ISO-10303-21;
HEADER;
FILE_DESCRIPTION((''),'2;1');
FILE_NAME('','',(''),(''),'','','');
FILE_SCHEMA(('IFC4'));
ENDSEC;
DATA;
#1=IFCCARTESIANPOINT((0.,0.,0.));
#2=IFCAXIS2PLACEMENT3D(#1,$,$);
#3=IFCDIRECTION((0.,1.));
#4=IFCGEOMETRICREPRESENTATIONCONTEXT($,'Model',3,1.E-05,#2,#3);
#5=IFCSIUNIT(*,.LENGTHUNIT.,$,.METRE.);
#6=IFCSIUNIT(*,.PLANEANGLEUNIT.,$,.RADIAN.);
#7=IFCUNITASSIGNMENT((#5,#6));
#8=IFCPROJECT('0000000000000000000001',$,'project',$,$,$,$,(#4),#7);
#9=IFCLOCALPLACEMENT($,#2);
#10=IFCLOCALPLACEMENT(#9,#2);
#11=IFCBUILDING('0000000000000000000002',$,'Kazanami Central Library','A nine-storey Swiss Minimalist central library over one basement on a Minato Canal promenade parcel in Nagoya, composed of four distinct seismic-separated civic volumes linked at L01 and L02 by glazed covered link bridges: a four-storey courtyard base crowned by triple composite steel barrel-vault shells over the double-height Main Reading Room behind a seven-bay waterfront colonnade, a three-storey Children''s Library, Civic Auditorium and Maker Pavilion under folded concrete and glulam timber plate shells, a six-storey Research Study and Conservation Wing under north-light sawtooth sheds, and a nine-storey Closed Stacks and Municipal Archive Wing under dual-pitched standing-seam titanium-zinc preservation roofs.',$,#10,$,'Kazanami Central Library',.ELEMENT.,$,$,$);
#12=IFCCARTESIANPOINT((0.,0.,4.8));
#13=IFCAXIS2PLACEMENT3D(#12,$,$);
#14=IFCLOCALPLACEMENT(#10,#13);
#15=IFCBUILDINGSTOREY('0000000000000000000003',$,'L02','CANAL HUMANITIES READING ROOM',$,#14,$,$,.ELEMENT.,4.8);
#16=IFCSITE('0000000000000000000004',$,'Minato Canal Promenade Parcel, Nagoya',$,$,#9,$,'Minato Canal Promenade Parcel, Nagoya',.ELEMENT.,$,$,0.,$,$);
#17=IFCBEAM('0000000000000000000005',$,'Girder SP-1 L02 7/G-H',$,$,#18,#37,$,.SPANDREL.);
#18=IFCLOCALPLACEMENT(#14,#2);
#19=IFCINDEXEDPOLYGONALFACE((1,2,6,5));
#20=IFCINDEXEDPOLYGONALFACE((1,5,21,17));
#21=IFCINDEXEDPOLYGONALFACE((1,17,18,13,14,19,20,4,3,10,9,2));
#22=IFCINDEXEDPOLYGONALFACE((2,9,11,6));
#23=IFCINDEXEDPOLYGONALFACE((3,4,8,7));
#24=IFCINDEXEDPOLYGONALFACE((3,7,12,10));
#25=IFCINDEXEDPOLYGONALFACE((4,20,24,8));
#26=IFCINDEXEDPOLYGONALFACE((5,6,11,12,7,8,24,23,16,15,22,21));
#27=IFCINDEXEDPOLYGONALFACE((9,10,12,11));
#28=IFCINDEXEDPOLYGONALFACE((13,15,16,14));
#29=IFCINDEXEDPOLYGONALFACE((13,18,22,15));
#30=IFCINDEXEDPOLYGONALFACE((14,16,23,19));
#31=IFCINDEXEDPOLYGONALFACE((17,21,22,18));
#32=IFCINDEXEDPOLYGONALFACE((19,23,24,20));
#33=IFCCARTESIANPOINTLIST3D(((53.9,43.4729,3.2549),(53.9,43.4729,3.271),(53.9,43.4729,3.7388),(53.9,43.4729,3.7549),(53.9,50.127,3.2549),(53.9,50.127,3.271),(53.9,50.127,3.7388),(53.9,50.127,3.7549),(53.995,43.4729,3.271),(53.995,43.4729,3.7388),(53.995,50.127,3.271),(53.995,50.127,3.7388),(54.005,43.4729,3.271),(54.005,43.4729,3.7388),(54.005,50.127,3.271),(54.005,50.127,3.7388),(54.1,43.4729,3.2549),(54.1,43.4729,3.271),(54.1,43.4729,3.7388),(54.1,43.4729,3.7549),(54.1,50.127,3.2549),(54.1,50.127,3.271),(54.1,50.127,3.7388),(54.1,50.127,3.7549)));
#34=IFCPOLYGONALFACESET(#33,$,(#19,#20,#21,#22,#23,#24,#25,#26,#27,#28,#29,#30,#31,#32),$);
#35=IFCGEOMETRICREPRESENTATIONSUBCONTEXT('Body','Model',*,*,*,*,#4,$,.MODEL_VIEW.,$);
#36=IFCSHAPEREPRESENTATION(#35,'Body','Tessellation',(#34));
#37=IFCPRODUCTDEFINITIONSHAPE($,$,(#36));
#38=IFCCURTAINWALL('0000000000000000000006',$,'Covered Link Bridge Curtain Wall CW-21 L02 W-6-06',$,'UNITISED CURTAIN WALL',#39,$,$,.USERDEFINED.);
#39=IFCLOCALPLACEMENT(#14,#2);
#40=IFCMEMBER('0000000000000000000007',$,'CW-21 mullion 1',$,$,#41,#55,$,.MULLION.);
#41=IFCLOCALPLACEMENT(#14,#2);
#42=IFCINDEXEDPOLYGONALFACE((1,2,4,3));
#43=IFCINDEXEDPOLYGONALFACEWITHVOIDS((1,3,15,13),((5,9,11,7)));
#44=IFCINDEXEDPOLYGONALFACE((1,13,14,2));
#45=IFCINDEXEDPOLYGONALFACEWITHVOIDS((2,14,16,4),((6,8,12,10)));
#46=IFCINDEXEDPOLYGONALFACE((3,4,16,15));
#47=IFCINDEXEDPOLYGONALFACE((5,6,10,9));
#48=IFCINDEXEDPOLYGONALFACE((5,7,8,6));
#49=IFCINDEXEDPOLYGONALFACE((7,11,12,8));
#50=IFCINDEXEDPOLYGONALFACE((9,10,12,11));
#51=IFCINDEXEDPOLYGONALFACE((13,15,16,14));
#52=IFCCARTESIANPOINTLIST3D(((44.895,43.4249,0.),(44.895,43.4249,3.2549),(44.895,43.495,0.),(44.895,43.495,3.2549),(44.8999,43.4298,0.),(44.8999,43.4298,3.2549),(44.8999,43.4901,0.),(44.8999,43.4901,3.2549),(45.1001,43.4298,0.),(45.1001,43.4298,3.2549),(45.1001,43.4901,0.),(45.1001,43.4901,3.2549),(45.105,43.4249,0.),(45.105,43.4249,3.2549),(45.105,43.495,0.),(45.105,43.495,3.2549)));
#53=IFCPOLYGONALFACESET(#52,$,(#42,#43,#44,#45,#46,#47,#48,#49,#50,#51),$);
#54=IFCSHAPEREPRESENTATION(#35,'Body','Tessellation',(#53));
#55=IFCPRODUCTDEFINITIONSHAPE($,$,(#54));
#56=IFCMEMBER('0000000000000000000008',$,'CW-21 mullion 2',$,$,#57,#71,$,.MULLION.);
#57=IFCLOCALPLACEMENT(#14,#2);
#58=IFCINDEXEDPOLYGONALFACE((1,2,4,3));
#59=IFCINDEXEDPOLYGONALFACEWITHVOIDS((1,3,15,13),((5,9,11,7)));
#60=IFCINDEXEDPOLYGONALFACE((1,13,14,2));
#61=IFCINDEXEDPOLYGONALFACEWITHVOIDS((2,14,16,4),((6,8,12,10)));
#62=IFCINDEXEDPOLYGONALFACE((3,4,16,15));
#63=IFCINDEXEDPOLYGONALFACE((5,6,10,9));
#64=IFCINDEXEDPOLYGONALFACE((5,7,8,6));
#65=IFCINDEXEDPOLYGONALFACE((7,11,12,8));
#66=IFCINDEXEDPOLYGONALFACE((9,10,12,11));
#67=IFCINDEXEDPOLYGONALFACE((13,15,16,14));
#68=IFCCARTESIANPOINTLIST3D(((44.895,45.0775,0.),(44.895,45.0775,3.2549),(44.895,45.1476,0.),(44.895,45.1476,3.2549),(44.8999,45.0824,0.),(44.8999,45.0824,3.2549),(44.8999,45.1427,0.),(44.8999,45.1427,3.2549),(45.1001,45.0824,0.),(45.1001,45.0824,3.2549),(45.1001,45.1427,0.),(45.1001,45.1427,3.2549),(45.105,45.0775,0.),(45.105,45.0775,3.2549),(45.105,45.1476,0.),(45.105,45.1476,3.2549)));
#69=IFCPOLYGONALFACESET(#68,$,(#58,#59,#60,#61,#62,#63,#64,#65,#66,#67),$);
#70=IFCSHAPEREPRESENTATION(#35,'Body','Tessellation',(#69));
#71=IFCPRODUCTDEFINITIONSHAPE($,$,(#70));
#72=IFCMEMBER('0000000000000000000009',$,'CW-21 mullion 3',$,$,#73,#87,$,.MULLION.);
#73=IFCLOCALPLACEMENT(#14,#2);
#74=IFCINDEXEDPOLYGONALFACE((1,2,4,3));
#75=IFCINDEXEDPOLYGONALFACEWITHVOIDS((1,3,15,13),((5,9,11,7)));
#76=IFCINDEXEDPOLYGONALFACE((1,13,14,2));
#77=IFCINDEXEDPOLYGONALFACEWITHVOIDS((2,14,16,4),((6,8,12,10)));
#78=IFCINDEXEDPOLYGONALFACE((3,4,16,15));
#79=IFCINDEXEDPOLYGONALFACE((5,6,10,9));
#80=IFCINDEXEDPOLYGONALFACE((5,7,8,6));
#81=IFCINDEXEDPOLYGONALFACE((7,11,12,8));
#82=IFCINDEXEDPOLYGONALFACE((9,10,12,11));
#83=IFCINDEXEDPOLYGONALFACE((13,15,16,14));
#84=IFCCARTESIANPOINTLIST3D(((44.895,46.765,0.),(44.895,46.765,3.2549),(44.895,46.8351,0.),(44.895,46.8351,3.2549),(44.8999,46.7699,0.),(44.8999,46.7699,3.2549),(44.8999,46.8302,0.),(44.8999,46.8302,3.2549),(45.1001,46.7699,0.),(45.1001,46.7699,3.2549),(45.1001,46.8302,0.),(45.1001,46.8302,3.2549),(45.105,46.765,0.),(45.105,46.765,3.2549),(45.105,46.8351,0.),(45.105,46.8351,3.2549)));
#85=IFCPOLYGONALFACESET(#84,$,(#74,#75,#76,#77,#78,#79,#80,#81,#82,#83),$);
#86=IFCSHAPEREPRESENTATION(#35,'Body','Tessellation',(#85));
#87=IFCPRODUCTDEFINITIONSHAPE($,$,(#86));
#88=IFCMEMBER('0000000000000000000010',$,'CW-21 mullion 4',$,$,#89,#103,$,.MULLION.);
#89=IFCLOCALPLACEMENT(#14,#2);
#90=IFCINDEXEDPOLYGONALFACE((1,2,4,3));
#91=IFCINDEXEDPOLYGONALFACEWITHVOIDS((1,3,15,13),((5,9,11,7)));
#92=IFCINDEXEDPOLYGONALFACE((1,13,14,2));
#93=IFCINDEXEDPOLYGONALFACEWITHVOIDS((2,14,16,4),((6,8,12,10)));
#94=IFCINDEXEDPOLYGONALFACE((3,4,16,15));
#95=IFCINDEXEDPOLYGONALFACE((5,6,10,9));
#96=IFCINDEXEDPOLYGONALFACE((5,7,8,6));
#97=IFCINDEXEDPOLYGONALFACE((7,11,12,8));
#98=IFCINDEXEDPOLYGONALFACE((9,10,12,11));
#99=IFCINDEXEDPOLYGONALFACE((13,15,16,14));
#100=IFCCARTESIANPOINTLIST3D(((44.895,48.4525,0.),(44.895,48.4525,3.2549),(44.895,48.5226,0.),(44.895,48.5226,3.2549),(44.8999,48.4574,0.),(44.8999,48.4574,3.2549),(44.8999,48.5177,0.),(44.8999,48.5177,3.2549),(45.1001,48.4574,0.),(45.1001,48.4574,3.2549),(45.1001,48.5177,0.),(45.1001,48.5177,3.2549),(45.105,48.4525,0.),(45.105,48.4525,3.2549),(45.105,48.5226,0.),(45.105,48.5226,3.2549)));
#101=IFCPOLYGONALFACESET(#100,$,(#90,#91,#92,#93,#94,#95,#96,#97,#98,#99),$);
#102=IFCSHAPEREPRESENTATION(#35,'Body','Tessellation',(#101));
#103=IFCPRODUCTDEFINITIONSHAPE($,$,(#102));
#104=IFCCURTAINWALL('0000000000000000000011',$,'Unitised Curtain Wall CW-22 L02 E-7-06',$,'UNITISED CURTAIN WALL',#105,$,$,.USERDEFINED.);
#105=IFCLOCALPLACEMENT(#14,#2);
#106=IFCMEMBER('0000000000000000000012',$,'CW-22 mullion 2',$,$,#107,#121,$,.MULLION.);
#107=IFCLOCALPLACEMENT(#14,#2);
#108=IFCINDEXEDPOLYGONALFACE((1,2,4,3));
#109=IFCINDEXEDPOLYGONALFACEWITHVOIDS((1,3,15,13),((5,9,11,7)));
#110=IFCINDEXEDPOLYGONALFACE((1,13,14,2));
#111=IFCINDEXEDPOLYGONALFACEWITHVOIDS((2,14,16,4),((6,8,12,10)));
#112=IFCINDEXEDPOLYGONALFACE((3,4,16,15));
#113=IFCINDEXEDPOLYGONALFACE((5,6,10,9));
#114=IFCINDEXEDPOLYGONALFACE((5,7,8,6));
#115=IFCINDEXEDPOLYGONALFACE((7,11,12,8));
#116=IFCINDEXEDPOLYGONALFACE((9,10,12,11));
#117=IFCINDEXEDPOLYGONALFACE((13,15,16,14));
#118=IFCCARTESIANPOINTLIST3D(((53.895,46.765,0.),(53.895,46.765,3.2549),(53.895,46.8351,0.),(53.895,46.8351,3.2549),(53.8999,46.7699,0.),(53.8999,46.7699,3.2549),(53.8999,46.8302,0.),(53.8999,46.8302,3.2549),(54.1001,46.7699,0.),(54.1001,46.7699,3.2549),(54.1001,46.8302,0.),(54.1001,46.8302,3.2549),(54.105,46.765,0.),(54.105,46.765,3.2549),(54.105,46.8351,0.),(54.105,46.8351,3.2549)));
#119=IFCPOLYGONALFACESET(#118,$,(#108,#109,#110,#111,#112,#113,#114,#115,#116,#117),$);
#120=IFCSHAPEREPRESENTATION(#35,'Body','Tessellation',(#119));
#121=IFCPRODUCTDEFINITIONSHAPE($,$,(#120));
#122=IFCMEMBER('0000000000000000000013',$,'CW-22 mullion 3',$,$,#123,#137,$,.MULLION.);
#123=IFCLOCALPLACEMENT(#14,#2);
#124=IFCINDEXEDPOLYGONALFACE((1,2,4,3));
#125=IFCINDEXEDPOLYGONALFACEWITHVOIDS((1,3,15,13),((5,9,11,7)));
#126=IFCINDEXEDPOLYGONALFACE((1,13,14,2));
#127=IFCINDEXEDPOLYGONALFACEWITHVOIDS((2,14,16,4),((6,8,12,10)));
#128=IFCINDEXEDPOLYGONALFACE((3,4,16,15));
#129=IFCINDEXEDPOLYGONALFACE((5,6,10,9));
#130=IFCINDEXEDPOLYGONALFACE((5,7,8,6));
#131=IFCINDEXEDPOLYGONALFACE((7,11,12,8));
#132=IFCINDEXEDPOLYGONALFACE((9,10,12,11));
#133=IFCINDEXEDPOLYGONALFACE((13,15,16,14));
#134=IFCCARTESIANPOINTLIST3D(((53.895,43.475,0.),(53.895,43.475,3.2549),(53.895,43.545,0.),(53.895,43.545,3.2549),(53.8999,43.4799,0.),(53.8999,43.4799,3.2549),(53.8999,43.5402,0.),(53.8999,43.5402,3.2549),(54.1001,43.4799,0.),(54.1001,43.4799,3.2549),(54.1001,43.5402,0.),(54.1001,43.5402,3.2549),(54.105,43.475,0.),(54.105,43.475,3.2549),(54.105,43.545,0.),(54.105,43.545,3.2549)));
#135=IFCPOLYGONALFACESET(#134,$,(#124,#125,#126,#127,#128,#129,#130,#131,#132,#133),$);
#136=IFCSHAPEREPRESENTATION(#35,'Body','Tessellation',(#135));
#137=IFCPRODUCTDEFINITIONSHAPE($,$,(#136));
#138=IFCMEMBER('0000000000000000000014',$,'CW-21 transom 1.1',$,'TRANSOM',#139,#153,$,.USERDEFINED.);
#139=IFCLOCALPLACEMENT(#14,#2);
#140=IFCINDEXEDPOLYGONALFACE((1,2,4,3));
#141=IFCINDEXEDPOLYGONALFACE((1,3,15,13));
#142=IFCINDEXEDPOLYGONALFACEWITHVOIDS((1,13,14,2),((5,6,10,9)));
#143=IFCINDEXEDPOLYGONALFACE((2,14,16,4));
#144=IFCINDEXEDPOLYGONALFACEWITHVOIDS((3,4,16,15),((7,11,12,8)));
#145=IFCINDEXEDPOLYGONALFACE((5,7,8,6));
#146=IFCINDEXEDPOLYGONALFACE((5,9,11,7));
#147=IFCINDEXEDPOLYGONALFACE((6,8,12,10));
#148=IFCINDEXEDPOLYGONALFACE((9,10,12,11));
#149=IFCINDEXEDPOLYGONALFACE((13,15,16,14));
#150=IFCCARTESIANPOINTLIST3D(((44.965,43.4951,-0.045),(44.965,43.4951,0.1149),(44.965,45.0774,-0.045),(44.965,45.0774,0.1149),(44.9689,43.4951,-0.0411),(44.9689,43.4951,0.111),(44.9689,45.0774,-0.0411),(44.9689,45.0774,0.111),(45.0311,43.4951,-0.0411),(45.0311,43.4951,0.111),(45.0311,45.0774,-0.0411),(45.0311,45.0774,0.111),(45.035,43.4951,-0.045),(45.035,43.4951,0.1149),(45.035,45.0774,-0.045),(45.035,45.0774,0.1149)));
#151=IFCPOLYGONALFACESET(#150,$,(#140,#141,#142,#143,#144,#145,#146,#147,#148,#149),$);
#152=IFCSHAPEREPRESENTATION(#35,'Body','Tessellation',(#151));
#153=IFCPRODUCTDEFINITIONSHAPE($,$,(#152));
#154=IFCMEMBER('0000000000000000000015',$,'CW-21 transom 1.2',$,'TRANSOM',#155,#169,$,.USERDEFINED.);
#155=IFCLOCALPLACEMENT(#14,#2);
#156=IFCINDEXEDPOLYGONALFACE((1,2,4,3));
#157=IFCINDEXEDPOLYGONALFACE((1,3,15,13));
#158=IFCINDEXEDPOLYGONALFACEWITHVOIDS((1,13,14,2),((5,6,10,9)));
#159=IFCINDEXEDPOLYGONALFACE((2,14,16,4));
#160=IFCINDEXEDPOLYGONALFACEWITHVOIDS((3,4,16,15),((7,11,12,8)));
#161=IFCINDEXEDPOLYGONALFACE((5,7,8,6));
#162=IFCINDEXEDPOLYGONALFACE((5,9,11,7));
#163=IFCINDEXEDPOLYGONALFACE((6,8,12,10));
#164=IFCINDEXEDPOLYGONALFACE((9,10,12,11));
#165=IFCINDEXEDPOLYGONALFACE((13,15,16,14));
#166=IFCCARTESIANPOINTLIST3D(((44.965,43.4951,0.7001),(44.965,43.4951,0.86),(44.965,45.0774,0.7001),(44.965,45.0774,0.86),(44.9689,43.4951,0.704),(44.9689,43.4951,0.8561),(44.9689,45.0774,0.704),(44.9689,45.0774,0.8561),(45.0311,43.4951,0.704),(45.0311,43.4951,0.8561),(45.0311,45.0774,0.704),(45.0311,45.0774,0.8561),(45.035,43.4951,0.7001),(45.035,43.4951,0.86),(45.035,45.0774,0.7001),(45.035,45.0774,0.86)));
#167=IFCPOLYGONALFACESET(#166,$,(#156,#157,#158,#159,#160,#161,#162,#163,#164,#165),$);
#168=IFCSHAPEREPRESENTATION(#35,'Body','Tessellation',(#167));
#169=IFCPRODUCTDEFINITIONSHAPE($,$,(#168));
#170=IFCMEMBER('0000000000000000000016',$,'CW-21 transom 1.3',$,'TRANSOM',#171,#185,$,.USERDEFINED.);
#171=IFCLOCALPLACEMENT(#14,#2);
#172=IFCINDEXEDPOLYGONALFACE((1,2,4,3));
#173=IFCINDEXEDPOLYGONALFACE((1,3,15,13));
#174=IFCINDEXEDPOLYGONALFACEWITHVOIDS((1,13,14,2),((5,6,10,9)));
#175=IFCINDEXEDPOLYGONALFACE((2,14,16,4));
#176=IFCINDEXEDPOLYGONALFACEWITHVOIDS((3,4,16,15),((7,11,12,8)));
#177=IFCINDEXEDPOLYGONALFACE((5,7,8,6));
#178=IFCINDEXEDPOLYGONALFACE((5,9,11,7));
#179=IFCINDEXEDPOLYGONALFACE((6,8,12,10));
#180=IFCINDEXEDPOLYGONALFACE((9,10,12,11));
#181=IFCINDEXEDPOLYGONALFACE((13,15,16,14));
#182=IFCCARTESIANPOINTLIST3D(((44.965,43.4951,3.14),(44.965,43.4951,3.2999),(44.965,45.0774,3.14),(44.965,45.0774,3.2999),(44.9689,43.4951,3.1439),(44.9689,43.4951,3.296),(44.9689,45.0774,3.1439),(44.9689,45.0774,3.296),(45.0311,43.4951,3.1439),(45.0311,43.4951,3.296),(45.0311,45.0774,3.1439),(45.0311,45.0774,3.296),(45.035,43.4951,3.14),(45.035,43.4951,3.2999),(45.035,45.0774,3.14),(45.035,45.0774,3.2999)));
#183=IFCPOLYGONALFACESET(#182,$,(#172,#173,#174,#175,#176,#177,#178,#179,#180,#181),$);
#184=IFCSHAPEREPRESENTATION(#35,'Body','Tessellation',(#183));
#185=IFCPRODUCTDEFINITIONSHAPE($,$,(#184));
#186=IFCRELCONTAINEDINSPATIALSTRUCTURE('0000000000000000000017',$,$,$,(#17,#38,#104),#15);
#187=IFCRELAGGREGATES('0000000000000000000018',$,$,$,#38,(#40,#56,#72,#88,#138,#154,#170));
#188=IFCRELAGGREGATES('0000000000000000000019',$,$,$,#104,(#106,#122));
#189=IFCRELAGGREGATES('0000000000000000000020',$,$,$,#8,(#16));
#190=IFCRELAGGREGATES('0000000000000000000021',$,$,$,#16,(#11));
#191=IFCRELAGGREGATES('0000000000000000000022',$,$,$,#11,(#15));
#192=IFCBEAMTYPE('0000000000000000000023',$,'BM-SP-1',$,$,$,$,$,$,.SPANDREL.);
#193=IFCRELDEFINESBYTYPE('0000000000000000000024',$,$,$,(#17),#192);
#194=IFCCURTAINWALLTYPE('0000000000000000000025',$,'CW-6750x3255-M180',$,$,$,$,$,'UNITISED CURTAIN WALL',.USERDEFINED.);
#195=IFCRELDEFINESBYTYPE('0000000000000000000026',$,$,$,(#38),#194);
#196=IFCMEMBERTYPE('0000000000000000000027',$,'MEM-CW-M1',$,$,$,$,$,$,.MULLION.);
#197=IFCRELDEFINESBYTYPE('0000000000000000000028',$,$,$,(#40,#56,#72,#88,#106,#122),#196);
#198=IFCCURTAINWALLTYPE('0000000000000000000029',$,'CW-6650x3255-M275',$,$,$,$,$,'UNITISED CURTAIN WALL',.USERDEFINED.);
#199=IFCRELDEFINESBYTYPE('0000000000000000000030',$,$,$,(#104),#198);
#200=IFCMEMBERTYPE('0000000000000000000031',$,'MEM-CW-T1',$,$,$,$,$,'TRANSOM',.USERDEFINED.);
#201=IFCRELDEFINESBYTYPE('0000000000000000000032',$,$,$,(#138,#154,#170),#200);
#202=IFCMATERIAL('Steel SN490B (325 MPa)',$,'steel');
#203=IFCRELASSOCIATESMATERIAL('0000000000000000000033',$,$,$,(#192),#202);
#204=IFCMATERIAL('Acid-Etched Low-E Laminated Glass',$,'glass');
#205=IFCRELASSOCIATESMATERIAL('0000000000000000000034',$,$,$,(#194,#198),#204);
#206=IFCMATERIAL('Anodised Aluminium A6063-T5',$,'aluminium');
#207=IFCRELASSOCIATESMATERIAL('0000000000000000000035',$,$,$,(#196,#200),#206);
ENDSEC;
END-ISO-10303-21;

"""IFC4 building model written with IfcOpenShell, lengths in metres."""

from ifc_helpers import new_model, si_unit, direction, frame, origin, origin_2d, place, context, subcontext, project, spatial, hollow_rectangle, i_section, extrude, material, material_profile, profile_set, type_object, element, aggregate, save


model = new_model("IFC4")

# Units and contexts
model_context = context("Model", 3, precision=1e-05, world=origin(), true_north=direction((0.0, 1.0)))
body_context = subcontext(model_context, "Body", "Model", "MODEL_VIEW")
ifc_project = project(units=[si_unit("LENGTHUNIT", "METRE"), si_unit("PLANEANGLEUNIT", "RADIAN")], contexts=[model_context])

# Site, building, storey
site_placement = place(None, origin())
site = spatial("IfcSite", under=ifc_project, at=site_placement, Name="Minato Canal Promenade Parcel, Nagoya", LongName="Minato Canal Promenade Parcel, Nagoya", CompositionType="ELEMENT", RefElevation=0.0)
building_placement = place(site_placement, origin())
building = spatial("IfcBuilding", under=site, at=building_placement, Name="Kazanami Central Library", Description="A nine-storey Swiss Minimalist central library over one basement on a Minato Canal promenade parcel in Nagoya, composed of four distinct seismic-separated civic volumes linked at L01 and L02 by glazed covered link bridges: a four-storey courtyard base crowned by triple composite steel barrel-vault shells over the double-height Main Reading Room behind a seven-bay waterfront colonnade, a three-storey Children's Library, Civic Auditorium and Maker Pavilion under folded concrete and glulam timber plate shells, a six-storey Research Study and Conservation Wing under north-light sawtooth sheds, and a nine-storey Closed Stacks and Municipal Archive Wing under dual-pitched standing-seam titanium-zinc preservation roofs.", LongName="Kazanami Central Library", CompositionType="ELEMENT")
storey_placement = place(building_placement, frame((0.0, 0.0, 4.8)))
storey = spatial("IfcBuildingStorey", under=building, at=storey_placement, Name="L02", Description="CANAL HUMANITIES READING ROOM", CompositionType="ELEMENT", Elevation=4.8)

# Beam
ifc_material_1 = material(Name="Steel SN490B (325 MPa)", Category="steel")
ifc_material_profile_1 = material_profile(ifc_material_1, i_section(OverallWidth=0.2, OverallDepth=0.5, WebThickness=0.01, FlangeThickness=0.0161, at=origin_2d()), Name="H-500x200x10x16")
ifc_profile_set_1 = profile_set([ifc_material_profile_1], Name="Steel SN490B (325 MPa)")
beam_type = type_object("IfcBeamType", Name="BM-SP-1", PredefinedType="SPANDREL", material=ifc_profile_set_1)
beam_placement = place(storey_placement, frame((54.0, 43.4729, 3.5049), z_axis=(0.0, 1.0, 0.0), x_axis=(-1.0, 0.0, 0.0)))
element("IfcBeam", 1, at=beam_placement, inside=storey, type_object=beam_type, Name="Girder SP-1 L02 7/G-H", PredefinedType="SPANDREL", context=body_context, shape_type="SweptSolid", body=[
    extrude(i_section(OverallWidth=0.2, OverallDepth=0.5, WebThickness=0.01, FlangeThickness=0.0161, at=origin_2d()), origin(), (0.0, 0.0, 1.0), 6.6541),
])

# Curtain walls, members
ifc_material_2 = material(Name="Acid-Etched Low-E Laminated Glass", Category="glass")
curtain_wall_type_1 = type_object("IfcCurtainWallType", Name="CW-6750x3255-M180", ElementType="UNITISED CURTAIN WALL", PredefinedType="USERDEFINED", material=ifc_material_2)
curtain_wall_1_placement = place(storey_placement, origin())
curtain_wall_1 = element("IfcCurtainWall", 2, at=curtain_wall_1_placement, inside=storey, type_object=curtain_wall_type_1, Name="Covered Link Bridge Curtain Wall CW-21 L02 W-6-06", ObjectType="UNITISED CURTAIN WALL", PredefinedType="USERDEFINED")
ifc_material_3 = material(Name="Anodised Aluminium A6063-T5", Category="aluminium")
ifc_material_profile_2 = material_profile(ifc_material_3, hollow_rectangle(XDim=0.0701, YDim=0.21, WallThickness=0.0049, at=origin_2d()), Name="ALU-MULL-70x210x5")
ifc_profile_set_2 = profile_set([ifc_material_profile_2], Name="Anodised Aluminium A6063-T5")
member_type_1 = type_object("IfcMemberType", Name="MEM-CW-M1", PredefinedType="MULLION", material=ifc_profile_set_2)
member_1_placement = place(storey_placement, frame((45.0, 43.46, 0.0), z_axis=(0.0, 0.0, 1.0), x_axis=(0.0, 1.0, 0.0)))
member_1 = element("IfcMember", 3, at=member_1_placement, type_object=member_type_1, Name="CW-21 mullion 1", PredefinedType="MULLION", context=body_context, shape_type="SweptSolid", body=[
    extrude(hollow_rectangle(XDim=0.0701, YDim=0.21, WallThickness=0.0049, at=origin_2d()), origin(), (0.0, 0.0, 1.0), 3.2549),
])
member_2_placement = place(storey_placement, frame((45.0, 45.1125, 0.0), z_axis=(0.0, 0.0, 1.0), x_axis=(0.0, 1.0, 0.0)))
member_2 = element("IfcMember", 4, at=member_2_placement, type_object=member_type_1, Name="CW-21 mullion 2", PredefinedType="MULLION", context=body_context, shape_type="SweptSolid", body=[
    extrude(hollow_rectangle(XDim=0.0701, YDim=0.21, WallThickness=0.0049, at=origin_2d()), origin(), (0.0, 0.0, 1.0), 3.2549),
])
member_3_placement = place(storey_placement, frame((45.0, 46.8, 0.0), z_axis=(0.0, 0.0, 1.0), x_axis=(0.0, 1.0, 0.0)))
member_3 = element("IfcMember", 5, at=member_3_placement, type_object=member_type_1, Name="CW-21 mullion 3", PredefinedType="MULLION", context=body_context, shape_type="SweptSolid", body=[
    extrude(hollow_rectangle(XDim=0.0701, YDim=0.21, WallThickness=0.0049, at=origin_2d()), origin(), (0.0, 0.0, 1.0), 3.2549),
])
member_4_placement = place(storey_placement, frame((45.0, 48.4875, 0.0), z_axis=(0.0, 0.0, 1.0), x_axis=(0.0, 1.0, 0.0)))
member_4 = element("IfcMember", 6, at=member_4_placement, type_object=member_type_1, Name="CW-21 mullion 4", PredefinedType="MULLION", context=body_context, shape_type="SweptSolid", body=[
    extrude(hollow_rectangle(XDim=0.0701, YDim=0.21, WallThickness=0.0049, at=origin_2d()), origin(), (0.0, 0.0, 1.0), 3.2549),
])
curtain_wall_type_2 = type_object("IfcCurtainWallType", Name="CW-6650x3255-M275", ElementType="UNITISED CURTAIN WALL", PredefinedType="USERDEFINED", material=ifc_material_2)
curtain_wall_2_placement = place(storey_placement, origin())
curtain_wall_2 = element("IfcCurtainWall", 7, at=curtain_wall_2_placement, inside=storey, type_object=curtain_wall_type_2, Name="Unitised Curtain Wall CW-22 L02 E-7-06", ObjectType="UNITISED CURTAIN WALL", PredefinedType="USERDEFINED")
member_5_placement = place(storey_placement, frame((54.0, 46.8, 0.0), z_axis=(0.0, 0.0, 1.0), x_axis=(0.0, -1.0, 0.0)))
member_5 = element("IfcMember", 8, at=member_5_placement, type_object=member_type_1, Name="CW-22 mullion 2", PredefinedType="MULLION", context=body_context, shape_type="SweptSolid", body=[
    extrude(hollow_rectangle(XDim=0.0701, YDim=0.21, WallThickness=0.0049, at=origin_2d()), origin(), (0.0, 0.0, 1.0), 3.2549),
])
member_6_placement = place(storey_placement, frame((54.0, 43.51, 0.0), z_axis=(0.0, 0.0, 1.0), x_axis=(0.0, -1.0, 0.0)))
member_6 = element("IfcMember", 9, at=member_6_placement, type_object=member_type_1, Name="CW-22 mullion 3", PredefinedType="MULLION", context=body_context, shape_type="SweptSolid", body=[
    extrude(hollow_rectangle(XDim=0.0701, YDim=0.21, WallThickness=0.0049, at=origin_2d()), origin(), (0.0, 0.0, 1.0), 3.2549),
])

# Members
ifc_material_profile_3 = material_profile(ifc_material_3, hollow_rectangle(XDim=0.0701, YDim=0.1599, WallThickness=0.0039, at=origin_2d()), Name="ALU-TRAN-70x160x4")
ifc_profile_set_3 = profile_set([ifc_material_profile_3], Name="Anodised Aluminium A6063-T5")
member_type_2 = type_object("IfcMemberType", Name="MEM-CW-T1", ElementType="TRANSOM", PredefinedType="USERDEFINED", material=ifc_profile_set_3)
member_7_placement = place(storey_placement, frame((45.0, 43.4951, 0.0349), z_axis=(0.0, 1.0, 0.0), x_axis=(-1.0, 0.0, 0.0)))
member_7 = element("IfcMember", 10, at=member_7_placement, type_object=member_type_2, Name="CW-21 transom 1.1", ObjectType="TRANSOM", PredefinedType="USERDEFINED", context=body_context, shape_type="SweptSolid", body=[
    extrude(hollow_rectangle(XDim=0.0701, YDim=0.1599, WallThickness=0.0039, at=origin_2d()), origin(), (0.0, 0.0, 1.0), 1.5823),
])
member_8_placement = place(storey_placement, frame((45.0, 43.4951, 0.78), z_axis=(0.0, 1.0, 0.0), x_axis=(-1.0, 0.0, 0.0)))
member_8 = element("IfcMember", 11, at=member_8_placement, type_object=member_type_2, Name="CW-21 transom 1.2", ObjectType="TRANSOM", PredefinedType="USERDEFINED", context=body_context, shape_type="SweptSolid", body=[
    extrude(hollow_rectangle(XDim=0.0701, YDim=0.1599, WallThickness=0.0039, at=origin_2d()), origin(), (0.0, 0.0, 1.0), 1.5823),
])
member_9_placement = place(storey_placement, frame((45.0, 43.4951, 3.22), z_axis=(0.0, 1.0, 0.0), x_axis=(-1.0, 0.0, 0.0)))
member_9 = element("IfcMember", 12, at=member_9_placement, type_object=member_type_2, Name="CW-21 transom 1.3", ObjectType="TRANSOM", PredefinedType="USERDEFINED", context=body_context, shape_type="SweptSolid", body=[
    extrude(hollow_rectangle(XDim=0.0701, YDim=0.1599, WallThickness=0.0039, at=origin_2d()), origin(), (0.0, 0.0, 1.0), 1.5823),
])

aggregate(curtain_wall_1, [member_1, member_2, member_3, member_4, member_7, member_8, member_9])
aggregate(curtain_wall_2, [member_5, member_6])

save(model, "model.ifc")
